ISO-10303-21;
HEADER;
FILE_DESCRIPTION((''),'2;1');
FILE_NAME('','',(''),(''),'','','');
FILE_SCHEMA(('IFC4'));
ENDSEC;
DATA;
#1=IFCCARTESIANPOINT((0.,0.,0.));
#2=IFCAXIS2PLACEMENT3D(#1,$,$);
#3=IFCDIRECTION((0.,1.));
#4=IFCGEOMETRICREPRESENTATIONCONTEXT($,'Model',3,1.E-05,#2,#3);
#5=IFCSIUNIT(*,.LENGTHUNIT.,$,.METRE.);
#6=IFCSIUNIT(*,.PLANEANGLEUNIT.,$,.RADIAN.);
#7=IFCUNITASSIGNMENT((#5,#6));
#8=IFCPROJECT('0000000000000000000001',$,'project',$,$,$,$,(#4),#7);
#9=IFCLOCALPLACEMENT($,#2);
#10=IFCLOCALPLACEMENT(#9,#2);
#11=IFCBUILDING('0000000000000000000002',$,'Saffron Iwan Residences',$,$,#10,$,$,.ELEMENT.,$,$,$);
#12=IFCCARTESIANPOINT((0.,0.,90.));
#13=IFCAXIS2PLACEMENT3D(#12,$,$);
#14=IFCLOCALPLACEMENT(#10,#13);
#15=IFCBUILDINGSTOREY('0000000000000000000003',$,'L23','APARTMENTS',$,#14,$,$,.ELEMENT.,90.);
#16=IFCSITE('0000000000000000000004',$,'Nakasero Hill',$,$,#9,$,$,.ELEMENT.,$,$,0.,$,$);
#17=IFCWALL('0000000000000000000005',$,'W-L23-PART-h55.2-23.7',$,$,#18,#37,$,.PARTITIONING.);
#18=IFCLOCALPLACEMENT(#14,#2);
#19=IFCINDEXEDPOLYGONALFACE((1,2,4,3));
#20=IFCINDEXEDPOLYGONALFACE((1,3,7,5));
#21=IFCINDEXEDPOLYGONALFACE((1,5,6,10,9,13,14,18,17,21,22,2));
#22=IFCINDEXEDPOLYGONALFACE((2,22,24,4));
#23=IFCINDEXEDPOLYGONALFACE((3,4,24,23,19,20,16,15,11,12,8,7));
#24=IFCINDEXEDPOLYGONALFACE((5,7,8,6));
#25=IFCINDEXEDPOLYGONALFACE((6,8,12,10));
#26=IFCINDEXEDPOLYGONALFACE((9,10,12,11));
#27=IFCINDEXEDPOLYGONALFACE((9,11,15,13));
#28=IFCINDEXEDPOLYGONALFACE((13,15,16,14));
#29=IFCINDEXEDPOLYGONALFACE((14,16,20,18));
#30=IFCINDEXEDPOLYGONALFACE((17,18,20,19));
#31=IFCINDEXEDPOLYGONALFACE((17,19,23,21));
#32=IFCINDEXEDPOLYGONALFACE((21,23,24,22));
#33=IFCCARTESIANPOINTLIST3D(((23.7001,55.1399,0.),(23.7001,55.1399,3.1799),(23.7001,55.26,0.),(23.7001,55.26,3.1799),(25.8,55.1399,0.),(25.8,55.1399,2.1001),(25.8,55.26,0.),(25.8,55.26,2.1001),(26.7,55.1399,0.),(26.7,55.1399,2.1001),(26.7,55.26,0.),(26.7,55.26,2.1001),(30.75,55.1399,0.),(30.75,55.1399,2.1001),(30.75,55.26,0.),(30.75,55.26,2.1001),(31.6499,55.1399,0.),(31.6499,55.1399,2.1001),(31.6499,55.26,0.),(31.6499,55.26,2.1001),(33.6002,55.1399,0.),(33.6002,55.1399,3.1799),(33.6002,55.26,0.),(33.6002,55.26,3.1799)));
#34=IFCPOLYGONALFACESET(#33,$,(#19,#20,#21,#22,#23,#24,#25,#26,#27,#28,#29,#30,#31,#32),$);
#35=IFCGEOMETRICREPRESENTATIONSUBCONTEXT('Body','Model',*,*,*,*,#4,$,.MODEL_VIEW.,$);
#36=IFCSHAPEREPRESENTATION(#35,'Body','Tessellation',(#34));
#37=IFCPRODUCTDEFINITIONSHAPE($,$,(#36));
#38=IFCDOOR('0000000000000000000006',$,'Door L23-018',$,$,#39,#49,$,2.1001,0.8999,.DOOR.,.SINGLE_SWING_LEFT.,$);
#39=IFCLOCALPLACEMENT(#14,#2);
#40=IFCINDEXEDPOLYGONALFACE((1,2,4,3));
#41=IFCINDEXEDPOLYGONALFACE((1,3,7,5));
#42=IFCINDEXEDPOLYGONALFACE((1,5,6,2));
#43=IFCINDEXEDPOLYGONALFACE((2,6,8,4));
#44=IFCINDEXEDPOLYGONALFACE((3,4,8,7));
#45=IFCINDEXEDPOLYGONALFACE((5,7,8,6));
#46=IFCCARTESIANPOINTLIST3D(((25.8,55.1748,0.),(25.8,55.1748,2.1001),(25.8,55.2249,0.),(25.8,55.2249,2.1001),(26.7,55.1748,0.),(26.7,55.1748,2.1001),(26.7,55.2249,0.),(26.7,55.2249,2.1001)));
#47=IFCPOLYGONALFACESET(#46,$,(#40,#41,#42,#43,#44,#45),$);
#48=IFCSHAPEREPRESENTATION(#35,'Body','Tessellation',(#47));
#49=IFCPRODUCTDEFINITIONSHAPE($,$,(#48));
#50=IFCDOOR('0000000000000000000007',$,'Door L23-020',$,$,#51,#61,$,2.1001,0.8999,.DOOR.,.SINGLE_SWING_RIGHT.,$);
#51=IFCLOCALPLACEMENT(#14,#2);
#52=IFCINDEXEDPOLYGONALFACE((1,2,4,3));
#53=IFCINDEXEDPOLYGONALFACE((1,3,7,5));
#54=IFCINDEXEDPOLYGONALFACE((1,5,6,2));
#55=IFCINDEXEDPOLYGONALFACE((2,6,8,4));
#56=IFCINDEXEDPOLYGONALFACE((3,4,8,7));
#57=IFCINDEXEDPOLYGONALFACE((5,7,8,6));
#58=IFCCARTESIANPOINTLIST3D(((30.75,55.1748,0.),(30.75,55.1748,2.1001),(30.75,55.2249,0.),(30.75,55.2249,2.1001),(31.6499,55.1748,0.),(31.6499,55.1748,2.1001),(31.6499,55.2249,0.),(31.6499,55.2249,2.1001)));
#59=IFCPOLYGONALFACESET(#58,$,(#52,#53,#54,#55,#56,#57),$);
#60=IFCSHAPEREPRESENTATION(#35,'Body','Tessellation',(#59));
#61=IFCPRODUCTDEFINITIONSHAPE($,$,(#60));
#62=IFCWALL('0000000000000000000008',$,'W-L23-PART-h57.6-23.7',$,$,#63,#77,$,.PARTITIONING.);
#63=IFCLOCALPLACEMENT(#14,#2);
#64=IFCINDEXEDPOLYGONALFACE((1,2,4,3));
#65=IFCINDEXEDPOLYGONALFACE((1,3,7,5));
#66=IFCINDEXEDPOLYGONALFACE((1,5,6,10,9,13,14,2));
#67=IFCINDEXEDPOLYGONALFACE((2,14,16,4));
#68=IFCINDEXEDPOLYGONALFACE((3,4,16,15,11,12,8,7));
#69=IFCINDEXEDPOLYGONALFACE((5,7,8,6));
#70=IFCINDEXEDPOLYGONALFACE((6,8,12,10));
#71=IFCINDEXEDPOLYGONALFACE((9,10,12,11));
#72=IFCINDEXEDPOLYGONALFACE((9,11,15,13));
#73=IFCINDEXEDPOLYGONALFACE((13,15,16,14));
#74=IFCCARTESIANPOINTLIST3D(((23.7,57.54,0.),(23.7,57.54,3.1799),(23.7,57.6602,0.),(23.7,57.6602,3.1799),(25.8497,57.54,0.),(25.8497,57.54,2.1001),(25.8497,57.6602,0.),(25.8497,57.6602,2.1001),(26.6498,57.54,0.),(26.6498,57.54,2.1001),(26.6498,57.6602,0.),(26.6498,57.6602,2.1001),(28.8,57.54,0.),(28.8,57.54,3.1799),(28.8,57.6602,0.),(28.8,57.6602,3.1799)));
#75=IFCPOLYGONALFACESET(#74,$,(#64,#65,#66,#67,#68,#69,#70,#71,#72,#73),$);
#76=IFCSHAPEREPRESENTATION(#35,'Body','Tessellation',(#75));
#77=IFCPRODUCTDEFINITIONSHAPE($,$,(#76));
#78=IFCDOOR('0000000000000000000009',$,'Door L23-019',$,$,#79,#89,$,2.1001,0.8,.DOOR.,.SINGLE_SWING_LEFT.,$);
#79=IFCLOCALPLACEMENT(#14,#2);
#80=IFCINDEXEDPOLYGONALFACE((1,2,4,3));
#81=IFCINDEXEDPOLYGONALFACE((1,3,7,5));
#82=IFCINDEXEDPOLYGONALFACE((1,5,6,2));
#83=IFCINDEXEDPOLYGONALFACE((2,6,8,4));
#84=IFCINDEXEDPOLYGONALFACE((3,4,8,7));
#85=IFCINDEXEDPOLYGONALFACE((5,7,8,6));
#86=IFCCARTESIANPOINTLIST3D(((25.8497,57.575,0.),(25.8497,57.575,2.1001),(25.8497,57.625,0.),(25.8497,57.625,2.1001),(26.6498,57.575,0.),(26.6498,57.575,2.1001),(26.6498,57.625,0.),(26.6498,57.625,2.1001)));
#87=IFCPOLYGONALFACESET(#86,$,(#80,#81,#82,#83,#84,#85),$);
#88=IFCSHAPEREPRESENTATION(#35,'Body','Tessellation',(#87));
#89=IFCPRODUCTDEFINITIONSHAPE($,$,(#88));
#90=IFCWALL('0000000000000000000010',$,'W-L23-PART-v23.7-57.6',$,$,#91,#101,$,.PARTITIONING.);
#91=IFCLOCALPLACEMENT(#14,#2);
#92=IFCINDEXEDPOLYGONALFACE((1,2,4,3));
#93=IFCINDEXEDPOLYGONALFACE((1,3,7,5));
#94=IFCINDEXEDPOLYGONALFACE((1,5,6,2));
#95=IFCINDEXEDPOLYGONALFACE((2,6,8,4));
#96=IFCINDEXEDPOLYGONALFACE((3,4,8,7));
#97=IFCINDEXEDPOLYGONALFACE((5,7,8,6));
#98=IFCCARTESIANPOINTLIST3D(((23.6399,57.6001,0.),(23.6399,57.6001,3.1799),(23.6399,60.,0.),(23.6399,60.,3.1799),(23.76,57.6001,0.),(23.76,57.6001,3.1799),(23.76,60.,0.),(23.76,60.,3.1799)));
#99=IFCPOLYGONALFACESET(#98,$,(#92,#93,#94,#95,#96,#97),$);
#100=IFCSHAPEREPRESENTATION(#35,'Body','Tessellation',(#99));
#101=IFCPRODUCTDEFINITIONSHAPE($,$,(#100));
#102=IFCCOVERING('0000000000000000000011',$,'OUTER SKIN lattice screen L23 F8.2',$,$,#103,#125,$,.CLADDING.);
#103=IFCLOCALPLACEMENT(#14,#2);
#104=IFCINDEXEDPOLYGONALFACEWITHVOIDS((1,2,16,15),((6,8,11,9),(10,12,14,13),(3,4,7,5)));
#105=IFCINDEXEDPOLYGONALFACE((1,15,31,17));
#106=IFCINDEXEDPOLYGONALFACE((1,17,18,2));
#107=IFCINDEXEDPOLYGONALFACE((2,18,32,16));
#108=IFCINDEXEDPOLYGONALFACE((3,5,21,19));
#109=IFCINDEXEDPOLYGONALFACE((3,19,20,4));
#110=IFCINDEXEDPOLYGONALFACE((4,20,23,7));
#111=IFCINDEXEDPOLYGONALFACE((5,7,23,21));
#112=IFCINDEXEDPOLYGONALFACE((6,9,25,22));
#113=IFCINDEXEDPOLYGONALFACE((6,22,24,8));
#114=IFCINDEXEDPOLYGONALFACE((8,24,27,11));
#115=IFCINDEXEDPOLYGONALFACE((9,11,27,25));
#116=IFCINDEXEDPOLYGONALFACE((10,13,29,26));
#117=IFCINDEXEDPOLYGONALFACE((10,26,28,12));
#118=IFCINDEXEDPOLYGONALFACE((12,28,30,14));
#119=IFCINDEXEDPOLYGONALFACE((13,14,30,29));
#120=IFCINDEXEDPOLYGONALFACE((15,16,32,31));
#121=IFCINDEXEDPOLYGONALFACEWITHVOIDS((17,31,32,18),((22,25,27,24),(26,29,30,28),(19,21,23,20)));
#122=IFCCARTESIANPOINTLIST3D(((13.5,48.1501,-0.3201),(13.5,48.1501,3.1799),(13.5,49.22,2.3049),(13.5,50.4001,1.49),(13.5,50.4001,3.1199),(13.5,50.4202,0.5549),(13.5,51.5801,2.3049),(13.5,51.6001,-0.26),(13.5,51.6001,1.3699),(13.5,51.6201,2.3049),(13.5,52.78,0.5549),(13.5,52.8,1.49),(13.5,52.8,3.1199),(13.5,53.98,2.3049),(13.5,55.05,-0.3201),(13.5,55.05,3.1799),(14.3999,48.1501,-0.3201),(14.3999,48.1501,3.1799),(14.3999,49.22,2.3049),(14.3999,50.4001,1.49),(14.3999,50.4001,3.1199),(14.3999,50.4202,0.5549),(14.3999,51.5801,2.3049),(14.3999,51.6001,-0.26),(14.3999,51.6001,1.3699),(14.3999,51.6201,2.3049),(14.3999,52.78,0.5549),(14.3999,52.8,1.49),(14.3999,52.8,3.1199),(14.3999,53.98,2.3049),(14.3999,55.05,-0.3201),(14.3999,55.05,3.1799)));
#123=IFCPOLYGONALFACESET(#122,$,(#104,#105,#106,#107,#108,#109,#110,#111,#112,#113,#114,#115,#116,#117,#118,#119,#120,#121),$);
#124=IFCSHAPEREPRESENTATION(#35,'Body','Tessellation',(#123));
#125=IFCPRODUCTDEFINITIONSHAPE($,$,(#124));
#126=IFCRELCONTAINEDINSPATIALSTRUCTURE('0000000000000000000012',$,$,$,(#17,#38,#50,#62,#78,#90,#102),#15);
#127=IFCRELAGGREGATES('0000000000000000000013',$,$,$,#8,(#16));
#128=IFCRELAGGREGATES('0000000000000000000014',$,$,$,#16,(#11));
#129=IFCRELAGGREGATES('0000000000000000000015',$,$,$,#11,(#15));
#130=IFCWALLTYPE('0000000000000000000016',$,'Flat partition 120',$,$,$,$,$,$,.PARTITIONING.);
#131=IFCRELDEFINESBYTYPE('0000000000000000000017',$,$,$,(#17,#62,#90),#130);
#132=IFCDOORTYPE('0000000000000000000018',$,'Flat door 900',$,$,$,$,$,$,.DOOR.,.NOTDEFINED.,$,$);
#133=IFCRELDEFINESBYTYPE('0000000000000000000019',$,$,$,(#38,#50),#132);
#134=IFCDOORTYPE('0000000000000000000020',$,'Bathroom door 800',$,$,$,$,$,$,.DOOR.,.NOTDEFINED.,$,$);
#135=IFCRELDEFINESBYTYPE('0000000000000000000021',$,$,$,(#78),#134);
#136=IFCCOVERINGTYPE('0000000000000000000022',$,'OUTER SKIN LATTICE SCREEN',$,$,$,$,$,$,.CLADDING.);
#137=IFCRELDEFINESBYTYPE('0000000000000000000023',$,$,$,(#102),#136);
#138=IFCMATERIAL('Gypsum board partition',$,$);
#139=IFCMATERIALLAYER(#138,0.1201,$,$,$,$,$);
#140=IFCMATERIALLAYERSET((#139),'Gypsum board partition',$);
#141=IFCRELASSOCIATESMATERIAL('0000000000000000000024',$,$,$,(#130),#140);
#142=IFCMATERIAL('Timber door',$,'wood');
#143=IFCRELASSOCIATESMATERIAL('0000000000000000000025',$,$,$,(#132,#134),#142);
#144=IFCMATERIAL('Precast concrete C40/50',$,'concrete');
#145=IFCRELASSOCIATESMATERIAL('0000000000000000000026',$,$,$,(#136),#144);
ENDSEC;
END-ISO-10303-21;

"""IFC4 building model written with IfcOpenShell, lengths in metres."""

from ifc_helpers import new_model, si_unit, direction, frame, frame_2d, origin, place, context, subcontext, project, spatial, polyline, rectangle, outline, extrude, material, layer, layer_set, type_object, element, fill, save


model = new_model("IFC4")

# Units and contexts
model_context = context("Model", 3, precision=1e-05, world=origin(), true_north=direction((0.0, 1.0)))
body_context = subcontext(model_context, "Body", "Model", "MODEL_VIEW")
ifc_project = project(units=[si_unit("LENGTHUNIT", "METRE"), si_unit("PLANEANGLEUNIT", "RADIAN")], contexts=[model_context])

# Site, building, storey
site_placement = place(None, origin())
site = spatial("IfcSite", under=ifc_project, at=site_placement, Name="Nakasero Hill", CompositionType="ELEMENT", RefElevation=0.0)
building_placement = place(site_placement, origin())
building = spatial("IfcBuilding", under=site, at=building_placement, Name="Saffron Iwan Residences", CompositionType="ELEMENT")
storey_placement = place(building_placement, frame((0.0, 0.0, 90.0)))
storey = spatial("IfcBuildingStorey", under=building, at=storey_placement, Name="L23", Description="APARTMENTS", CompositionType="ELEMENT", Elevation=90.0)

# Shared definitions
ifc_material_1 = material(Name="Gypsum board partition")
ifc_layer_1 = layer(ifc_material_1, 0.1201)
ifc_layer_set_1 = layer_set([ifc_layer_1], Name="Gypsum board partition")
wall_type_1 = type_object("IfcWallType", Name="Flat partition 120", PredefinedType="PARTITIONING", material=ifc_layer_set_1)

# Wall, openings, doors
wall_1_placement = place(storey_placement, frame((23.7, 55.2, 0.0), z_axis=(0.0, 0.0, 1.0), x_axis=(1.0, 0.0, 0.0)))
wall_1 = element("IfcWall", 1, at=wall_1_placement, inside=storey, type_object=wall_type_1, Name="W-L23-PART-h55.2-23.7", PredefinedType="PARTITIONING", context=body_context, shape_type="SweptSolid", body=[
    extrude(rectangle(XDim=9.9001, YDim=0.1201, at=frame_2d((4.9502, 0.0))), origin(), (0.0, 0.0, 1.0), 3.1799),
])
opening_1_placement = place(wall_1_placement, frame((2.1001, 0.0, 0.0)))
opening_1 = element("IfcOpeningElement", 2, at=opening_1_placement, cuts=wall_1, PredefinedType="OPENING", context=body_context, shape_type="SweptSolid", body=[
    extrude(rectangle(XDim=0.8999, YDim=2.1001, at=frame_2d((0.45, 1.05))), frame((0.0, 0.0701, 0.0), z_axis=(0.0, -1.0, 0.0), x_axis=(1.0, 0.0, 0.0)), (0.0, 0.0, 1.0), 0.1401),
])
opening_2_placement = place(wall_1_placement, frame((7.05, 0.0, 0.0)))
opening_2 = element("IfcOpeningElement", 3, at=opening_2_placement, cuts=wall_1, PredefinedType="OPENING", context=body_context, shape_type="SweptSolid", body=[
    extrude(rectangle(XDim=0.8999, YDim=2.1001, at=frame_2d((0.45, 1.05))), frame((0.0, 0.0701, 0.0), z_axis=(0.0, -1.0, 0.0), x_axis=(1.0, 0.0, 0.0)), (0.0, 0.0, 1.0), 0.1401),
])
ifc_material_2 = material(Name="Timber door", Category="wood")
door_type_1 = type_object("IfcDoorType", Name="Flat door 900", OperationType="NOTDEFINED", PredefinedType="DOOR", material=ifc_material_2)
door_1_placement = place(opening_1_placement, origin())
door_1 = element("IfcDoor", 4, at=door_1_placement, inside=storey, type_object=door_type_1, Name="Door L23-018", OperationType="SINGLE_SWING_LEFT", OverallHeight=2.1001, OverallWidth=0.8999, PredefinedType="DOOR", context=body_context, shape_type="SweptSolid", body=[
    extrude(rectangle(XDim=0.8999, YDim=2.1001, at=frame_2d((0.45, 1.05))), frame((0.0, 0.0249, 0.0), z_axis=(0.0, -1.0, 0.0), x_axis=(1.0, 0.0, 0.0)), (0.0, 0.0, 1.0), 0.05),
])
fill(opening_1, door_1)
door_2_placement = place(opening_2_placement, origin())
door_2 = element("IfcDoor", 5, at=door_2_placement, inside=storey, type_object=door_type_1, Name="Door L23-020", OperationType="SINGLE_SWING_RIGHT", OverallHeight=2.1001, OverallWidth=0.8999, PredefinedType="DOOR", context=body_context, shape_type="SweptSolid", body=[
    extrude(rectangle(XDim=0.8999, YDim=2.1001, at=frame_2d((0.45, 1.05))), frame((0.0, 0.0249, 0.0), z_axis=(0.0, -1.0, 0.0), x_axis=(1.0, 0.0, 0.0)), (0.0, 0.0, 1.0), 0.05),
])
fill(opening_2, door_2)

# Wall, opening, door
wall_2_placement = place(storey_placement, frame((23.7, 57.6001, 0.0), z_axis=(0.0, 0.0, 1.0), x_axis=(1.0, 0.0, 0.0)))
wall_2 = element("IfcWall", 6, at=wall_2_placement, inside=storey, type_object=wall_type_1, Name="W-L23-PART-h57.6-23.7", PredefinedType="PARTITIONING", context=body_context, shape_type="SweptSolid", body=[
    extrude(rectangle(XDim=5.1001, YDim=0.1201, at=frame_2d((2.55, 0.0))), origin(), (0.0, 0.0, 1.0), 3.1799),
])
opening_3_placement = place(wall_2_placement, frame((2.1499, 0.0, 0.0)))
opening_3 = element("IfcOpeningElement", 7, at=opening_3_placement, cuts=wall_2, PredefinedType="OPENING", context=body_context, shape_type="SweptSolid", body=[
    extrude(rectangle(XDim=0.8, YDim=2.1001, at=frame_2d((0.3999, 1.05))), frame((0.0, 0.0701, 0.0), z_axis=(0.0, -1.0, 0.0), x_axis=(1.0, 0.0, 0.0)), (0.0, 0.0, 1.0), 0.1401),
])
door_type_2 = type_object("IfcDoorType", Name="Bathroom door 800", OperationType="NOTDEFINED", PredefinedType="DOOR", material=ifc_material_2)
door_3_placement = place(opening_3_placement, origin())
door_3 = element("IfcDoor", 8, at=door_3_placement, inside=storey, type_object=door_type_2, Name="Door L23-019", OperationType="SINGLE_SWING_LEFT", OverallHeight=2.1001, OverallWidth=0.8, PredefinedType="DOOR", context=body_context, shape_type="SweptSolid", body=[
    extrude(rectangle(XDim=0.8, YDim=2.1001, at=frame_2d((0.3999, 1.05))), frame((0.0, 0.0249, 0.0), z_axis=(0.0, -1.0, 0.0), x_axis=(1.0, 0.0, 0.0)), (0.0, 0.0, 1.0), 0.05),
])
fill(opening_3, door_3)

# Wall
wall_3_placement = place(storey_placement, frame((23.7, 57.6001, 0.0), z_axis=(0.0, 0.0, 1.0), x_axis=(0.0, 1.0, 0.0)))
element("IfcWall", 9, at=wall_3_placement, inside=storey, type_object=wall_type_1, Name="W-L23-PART-v23.7-57.6", PredefinedType="PARTITIONING", context=body_context, shape_type="SweptSolid", body=[
    extrude(rectangle(XDim=2.3999, YDim=0.1201, at=frame_2d((1.2, 0.0))), origin(), (0.0, 0.0, 1.0), 3.1799),
])

# Covering
ifc_material_3 = material(Name="Precast concrete C40/50", Category="concrete")
covering_type = type_object("IfcCoveringType", Name="OUTER SKIN LATTICE SCREEN", PredefinedType="CLADDING", material=ifc_material_3)
covering_placement = place(storey_placement, frame((14.3999, 55.05, -0.3201), z_axis=(-1.0, 0.0, 0.0), x_axis=(0.0, -1.0, 0.0)))
element("IfcCovering", 10, at=covering_placement, inside=storey, type_object=covering_type, Name="OUTER SKIN lattice screen L23 F8.2", PredefinedType="CLADDING", context=body_context, shape_type="SweptSolid", body=[
    extrude(outline(polyline([(0.0, 0.0), (6.8999, 0.0), (6.8999, 3.5), (0.0, 3.5), (0.0, 0.0)]), holes=[polyline([(2.27, 0.875), (3.45, 0.0601), (4.6299, 0.875), (3.45, 1.6899), (2.27, 0.875)]), polyline([(1.0701, 2.625), (2.25, 1.8101), (3.4299, 2.625), (2.25, 3.4399), (1.0701, 2.625)]), polyline([(3.47, 2.625), (4.6499, 1.8101), (5.8301, 2.625), (4.6499, 3.4399), (3.47, 2.625)])]), origin(), (0.0, 0.0, 1.0), 0.8999),
])

save(model, "model.ifc")
